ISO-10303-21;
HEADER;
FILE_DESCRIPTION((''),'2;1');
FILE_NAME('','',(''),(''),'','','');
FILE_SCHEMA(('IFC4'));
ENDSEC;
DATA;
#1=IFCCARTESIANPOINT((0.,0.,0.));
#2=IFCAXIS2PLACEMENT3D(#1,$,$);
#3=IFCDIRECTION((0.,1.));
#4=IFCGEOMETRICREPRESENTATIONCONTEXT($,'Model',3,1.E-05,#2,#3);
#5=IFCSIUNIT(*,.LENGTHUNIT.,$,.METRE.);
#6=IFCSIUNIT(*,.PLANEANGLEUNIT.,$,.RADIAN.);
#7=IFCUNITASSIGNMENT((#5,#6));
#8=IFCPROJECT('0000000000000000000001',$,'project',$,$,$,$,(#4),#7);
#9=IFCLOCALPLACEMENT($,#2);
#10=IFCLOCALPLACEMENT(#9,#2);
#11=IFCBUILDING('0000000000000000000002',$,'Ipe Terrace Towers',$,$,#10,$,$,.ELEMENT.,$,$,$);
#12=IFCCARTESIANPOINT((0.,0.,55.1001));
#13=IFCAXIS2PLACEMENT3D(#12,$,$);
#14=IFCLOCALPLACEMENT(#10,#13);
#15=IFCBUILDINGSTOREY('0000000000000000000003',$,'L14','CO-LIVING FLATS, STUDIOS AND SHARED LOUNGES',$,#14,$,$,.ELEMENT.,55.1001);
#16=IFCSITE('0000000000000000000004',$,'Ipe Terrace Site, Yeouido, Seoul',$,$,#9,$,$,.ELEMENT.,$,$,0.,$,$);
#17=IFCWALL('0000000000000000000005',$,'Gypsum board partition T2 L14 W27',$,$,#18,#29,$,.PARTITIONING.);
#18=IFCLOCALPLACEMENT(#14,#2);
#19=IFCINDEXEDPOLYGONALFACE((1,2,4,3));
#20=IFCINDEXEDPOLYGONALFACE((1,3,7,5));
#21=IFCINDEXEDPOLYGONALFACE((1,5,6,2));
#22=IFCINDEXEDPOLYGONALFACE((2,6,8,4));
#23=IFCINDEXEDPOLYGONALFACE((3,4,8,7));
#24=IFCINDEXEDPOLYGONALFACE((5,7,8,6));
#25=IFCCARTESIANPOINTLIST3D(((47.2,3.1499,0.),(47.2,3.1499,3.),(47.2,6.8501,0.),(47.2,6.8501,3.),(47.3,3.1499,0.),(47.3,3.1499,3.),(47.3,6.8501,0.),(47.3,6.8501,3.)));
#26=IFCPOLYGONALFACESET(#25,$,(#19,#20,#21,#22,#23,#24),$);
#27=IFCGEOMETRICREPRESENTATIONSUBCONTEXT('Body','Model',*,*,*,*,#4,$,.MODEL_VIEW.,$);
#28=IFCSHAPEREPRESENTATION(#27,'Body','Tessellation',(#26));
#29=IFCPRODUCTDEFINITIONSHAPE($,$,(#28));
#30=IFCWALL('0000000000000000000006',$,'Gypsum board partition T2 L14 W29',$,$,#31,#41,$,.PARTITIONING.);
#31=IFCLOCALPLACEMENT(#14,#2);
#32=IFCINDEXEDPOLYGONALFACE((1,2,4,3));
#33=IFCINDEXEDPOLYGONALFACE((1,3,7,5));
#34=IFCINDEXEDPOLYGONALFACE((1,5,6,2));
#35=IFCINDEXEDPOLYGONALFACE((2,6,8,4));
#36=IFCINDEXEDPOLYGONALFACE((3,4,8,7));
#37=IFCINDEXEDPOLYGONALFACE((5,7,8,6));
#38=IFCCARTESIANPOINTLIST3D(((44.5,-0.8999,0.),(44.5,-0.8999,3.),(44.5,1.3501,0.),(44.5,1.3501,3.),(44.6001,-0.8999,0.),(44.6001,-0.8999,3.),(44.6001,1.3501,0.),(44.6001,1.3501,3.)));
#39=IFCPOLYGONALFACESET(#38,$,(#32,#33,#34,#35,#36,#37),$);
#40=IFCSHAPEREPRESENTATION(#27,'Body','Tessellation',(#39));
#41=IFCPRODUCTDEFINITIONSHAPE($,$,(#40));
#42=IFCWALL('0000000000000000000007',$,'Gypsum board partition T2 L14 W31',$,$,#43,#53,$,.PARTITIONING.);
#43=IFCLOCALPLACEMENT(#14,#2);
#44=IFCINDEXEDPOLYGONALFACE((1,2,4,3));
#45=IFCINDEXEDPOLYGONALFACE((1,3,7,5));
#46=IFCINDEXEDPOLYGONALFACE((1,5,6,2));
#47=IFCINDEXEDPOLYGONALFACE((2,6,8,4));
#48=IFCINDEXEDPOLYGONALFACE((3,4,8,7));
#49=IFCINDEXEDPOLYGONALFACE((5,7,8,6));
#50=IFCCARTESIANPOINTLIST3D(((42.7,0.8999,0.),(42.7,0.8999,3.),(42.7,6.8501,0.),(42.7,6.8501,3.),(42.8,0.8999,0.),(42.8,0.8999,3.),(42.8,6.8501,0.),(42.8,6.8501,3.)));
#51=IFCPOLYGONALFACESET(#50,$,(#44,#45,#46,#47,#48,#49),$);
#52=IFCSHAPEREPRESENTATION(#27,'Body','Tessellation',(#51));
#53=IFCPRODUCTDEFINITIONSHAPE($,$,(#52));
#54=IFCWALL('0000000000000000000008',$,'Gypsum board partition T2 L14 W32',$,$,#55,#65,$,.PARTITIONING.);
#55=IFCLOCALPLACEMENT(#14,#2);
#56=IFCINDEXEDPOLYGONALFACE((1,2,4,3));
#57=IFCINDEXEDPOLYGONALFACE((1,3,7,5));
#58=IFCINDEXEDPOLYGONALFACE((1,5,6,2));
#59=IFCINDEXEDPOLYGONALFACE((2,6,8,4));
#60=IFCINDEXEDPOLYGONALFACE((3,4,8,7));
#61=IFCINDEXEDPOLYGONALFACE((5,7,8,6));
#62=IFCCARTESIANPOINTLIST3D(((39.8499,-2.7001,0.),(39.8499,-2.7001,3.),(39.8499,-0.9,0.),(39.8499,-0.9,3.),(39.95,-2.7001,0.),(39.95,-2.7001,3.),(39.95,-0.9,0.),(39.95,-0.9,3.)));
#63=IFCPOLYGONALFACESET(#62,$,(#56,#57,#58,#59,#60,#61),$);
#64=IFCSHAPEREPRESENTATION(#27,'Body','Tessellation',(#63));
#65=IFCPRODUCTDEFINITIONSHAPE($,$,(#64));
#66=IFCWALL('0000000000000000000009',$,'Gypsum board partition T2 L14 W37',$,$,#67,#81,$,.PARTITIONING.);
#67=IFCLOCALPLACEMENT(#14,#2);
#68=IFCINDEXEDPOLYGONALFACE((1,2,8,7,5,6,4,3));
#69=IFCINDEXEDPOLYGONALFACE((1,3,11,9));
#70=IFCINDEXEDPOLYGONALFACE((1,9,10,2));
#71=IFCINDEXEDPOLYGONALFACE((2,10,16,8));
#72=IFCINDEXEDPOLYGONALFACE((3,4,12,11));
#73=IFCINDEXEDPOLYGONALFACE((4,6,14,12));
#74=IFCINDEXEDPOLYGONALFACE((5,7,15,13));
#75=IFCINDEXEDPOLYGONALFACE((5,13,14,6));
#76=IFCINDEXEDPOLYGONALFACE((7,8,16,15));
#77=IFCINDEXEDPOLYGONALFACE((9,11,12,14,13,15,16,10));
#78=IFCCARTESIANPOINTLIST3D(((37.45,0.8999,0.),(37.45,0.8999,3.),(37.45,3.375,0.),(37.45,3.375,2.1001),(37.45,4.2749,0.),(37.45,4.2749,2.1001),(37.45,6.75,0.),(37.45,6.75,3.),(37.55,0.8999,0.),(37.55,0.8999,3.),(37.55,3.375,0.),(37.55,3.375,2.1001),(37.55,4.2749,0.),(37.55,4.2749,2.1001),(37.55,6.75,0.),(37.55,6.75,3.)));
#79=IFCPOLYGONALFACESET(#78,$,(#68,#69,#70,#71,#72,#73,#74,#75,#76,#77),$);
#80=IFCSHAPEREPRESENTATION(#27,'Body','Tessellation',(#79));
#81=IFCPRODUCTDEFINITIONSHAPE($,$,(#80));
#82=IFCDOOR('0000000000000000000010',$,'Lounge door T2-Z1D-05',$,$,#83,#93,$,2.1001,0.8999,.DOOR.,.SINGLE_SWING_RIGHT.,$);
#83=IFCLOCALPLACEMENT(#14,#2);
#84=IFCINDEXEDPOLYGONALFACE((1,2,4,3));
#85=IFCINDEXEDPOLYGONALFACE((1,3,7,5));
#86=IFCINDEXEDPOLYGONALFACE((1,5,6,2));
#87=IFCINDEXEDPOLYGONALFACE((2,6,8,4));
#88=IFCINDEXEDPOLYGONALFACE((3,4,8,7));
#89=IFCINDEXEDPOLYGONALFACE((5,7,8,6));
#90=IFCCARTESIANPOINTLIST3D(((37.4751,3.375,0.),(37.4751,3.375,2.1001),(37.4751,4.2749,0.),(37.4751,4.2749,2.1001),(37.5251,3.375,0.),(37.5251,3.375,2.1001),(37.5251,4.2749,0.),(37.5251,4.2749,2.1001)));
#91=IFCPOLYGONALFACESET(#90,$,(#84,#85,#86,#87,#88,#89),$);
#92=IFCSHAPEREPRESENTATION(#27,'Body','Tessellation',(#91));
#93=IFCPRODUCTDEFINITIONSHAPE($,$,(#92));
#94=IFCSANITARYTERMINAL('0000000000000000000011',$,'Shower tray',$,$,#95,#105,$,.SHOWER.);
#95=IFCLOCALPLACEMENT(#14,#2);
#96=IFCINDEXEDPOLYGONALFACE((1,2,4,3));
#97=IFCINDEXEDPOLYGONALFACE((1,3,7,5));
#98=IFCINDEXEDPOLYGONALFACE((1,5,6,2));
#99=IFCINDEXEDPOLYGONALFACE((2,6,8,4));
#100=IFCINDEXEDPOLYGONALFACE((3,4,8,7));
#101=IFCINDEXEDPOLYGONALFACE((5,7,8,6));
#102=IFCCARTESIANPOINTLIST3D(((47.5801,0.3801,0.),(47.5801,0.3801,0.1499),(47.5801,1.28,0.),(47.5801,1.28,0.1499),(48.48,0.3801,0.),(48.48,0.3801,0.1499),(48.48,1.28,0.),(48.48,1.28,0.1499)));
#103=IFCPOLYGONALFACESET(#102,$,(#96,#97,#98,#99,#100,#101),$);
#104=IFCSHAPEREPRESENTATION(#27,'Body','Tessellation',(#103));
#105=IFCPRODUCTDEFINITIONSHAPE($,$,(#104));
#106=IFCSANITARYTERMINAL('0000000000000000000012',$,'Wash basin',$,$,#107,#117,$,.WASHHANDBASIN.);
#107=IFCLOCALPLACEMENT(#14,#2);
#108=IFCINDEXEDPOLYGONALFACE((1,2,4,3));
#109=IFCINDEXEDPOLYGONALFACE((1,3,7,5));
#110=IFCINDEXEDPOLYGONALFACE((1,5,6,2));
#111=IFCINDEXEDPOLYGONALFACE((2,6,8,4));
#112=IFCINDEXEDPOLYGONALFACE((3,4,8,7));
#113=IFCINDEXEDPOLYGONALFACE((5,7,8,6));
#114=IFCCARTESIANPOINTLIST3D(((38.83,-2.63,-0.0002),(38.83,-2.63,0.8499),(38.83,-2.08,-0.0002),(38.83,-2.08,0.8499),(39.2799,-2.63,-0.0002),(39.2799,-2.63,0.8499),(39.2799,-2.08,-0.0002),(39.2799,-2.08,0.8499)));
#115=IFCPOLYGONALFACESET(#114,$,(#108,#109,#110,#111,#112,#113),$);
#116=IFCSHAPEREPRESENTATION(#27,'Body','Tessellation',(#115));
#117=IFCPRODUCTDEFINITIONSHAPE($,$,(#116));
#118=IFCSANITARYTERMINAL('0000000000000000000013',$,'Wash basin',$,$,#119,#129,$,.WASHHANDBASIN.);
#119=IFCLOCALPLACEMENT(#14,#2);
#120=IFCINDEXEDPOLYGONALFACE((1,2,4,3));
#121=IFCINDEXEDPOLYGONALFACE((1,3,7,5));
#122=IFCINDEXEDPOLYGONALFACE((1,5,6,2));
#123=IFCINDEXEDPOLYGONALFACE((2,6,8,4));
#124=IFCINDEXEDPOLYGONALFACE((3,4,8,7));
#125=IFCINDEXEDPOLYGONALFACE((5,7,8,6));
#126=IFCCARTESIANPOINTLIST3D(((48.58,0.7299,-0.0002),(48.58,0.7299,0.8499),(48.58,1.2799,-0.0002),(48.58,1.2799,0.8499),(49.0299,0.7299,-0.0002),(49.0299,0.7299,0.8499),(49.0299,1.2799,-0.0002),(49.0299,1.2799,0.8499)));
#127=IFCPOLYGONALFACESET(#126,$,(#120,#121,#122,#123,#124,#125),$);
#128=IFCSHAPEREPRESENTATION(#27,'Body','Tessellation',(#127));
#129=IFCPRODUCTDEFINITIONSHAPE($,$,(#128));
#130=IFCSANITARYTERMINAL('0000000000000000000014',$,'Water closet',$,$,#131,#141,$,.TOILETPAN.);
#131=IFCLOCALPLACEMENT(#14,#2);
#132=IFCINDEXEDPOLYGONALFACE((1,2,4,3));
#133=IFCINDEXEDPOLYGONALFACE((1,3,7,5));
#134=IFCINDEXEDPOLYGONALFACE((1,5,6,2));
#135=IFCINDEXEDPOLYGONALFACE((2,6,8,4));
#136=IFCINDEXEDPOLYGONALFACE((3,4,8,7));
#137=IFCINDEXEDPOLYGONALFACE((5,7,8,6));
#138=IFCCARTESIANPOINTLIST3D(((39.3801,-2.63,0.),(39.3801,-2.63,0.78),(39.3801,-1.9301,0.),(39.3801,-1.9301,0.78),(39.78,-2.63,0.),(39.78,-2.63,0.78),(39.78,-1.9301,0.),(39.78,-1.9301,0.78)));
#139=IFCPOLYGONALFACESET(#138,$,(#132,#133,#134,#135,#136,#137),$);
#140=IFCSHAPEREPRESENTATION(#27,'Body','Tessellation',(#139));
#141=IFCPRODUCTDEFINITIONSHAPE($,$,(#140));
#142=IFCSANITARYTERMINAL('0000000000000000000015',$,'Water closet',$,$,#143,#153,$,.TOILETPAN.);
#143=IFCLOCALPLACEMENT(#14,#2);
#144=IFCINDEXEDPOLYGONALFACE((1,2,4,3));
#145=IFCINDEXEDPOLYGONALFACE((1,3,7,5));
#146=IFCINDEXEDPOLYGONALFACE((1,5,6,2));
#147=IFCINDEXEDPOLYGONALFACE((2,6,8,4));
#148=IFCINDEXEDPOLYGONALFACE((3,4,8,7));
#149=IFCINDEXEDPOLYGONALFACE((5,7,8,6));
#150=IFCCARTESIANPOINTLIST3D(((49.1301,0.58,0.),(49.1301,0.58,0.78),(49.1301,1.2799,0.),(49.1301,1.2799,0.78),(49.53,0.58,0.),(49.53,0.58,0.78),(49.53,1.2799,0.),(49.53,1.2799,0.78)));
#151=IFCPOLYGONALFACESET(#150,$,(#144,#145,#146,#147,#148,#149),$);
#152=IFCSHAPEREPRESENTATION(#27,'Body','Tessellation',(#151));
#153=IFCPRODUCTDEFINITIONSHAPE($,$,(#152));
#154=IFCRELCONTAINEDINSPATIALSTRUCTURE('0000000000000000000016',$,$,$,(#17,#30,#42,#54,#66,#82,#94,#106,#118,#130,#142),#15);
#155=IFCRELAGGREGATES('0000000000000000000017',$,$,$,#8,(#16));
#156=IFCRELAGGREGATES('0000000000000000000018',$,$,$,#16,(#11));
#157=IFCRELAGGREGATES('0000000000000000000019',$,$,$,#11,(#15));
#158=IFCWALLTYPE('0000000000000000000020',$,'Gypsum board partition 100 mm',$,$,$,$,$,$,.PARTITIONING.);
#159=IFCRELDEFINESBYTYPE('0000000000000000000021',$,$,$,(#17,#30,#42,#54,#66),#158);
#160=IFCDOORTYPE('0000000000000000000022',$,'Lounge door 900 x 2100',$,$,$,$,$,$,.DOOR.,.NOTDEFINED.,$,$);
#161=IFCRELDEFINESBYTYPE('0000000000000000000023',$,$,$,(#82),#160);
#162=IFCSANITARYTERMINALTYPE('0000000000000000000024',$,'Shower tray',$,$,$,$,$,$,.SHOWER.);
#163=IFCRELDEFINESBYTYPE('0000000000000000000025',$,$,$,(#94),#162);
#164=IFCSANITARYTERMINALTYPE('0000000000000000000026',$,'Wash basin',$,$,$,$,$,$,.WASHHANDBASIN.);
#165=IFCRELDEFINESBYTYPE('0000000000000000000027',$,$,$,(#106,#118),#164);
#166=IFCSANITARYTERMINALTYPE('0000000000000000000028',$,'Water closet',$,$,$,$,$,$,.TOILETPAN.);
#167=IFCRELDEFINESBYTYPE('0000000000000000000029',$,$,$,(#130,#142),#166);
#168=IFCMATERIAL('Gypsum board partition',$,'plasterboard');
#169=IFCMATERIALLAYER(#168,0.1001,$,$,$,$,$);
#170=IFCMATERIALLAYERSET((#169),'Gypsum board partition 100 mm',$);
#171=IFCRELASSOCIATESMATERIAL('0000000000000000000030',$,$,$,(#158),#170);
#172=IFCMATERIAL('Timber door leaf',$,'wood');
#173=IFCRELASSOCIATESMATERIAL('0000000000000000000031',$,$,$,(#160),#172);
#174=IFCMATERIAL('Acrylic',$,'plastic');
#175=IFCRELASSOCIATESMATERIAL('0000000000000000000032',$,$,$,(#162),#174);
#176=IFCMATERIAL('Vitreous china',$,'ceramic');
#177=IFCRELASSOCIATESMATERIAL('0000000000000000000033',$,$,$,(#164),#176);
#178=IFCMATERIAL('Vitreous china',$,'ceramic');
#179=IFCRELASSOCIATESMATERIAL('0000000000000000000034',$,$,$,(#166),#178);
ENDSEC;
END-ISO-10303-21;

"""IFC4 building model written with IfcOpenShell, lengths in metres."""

from ifc_helpers import new_model, si_unit, direction, frame, frame_2d, origin, origin_2d, place, context, subcontext, project, spatial, rectangle, extrude, material, layer, layer_set, type_object, element, fill, save


model = new_model("IFC4")

# Units and contexts
model_context = context("Model", 3, precision=1e-05, world=origin(), true_north=direction((0.0, 1.0)))
body_context = subcontext(model_context, "Body", "Model", "MODEL_VIEW")
ifc_project = project(units=[si_unit("LENGTHUNIT", "METRE"), si_unit("PLANEANGLEUNIT", "RADIAN")], contexts=[model_context])

# Site, building, storey
site_placement = place(None, origin())
site = spatial("IfcSite", under=ifc_project, at=site_placement, Name="Ipe Terrace Site, Yeouido, Seoul", CompositionType="ELEMENT", RefElevation=0.0)
building_placement = place(site_placement, origin())
building = spatial("IfcBuilding", under=site, at=building_placement, Name="Ipe Terrace Towers", CompositionType="ELEMENT")
storey_placement = place(building_placement, frame((0.0, 0.0, 55.1001)))
storey = spatial("IfcBuildingStorey", under=building, at=storey_placement, Name="L14", Description="CO-LIVING FLATS, STUDIOS AND SHARED LOUNGES", CompositionType="ELEMENT", Elevation=55.1001)

# Shared definitions
ifc_material_1 = material(Name="Gypsum board partition", Category="plasterboard")
ifc_layer = layer(ifc_material_1, 0.1001)
ifc_layer_set = layer_set([ifc_layer], Name="Gypsum board partition 100 mm")
wall_type = type_object("IfcWallType", Name="Gypsum board partition 100 mm", PredefinedType="PARTITIONING", material=ifc_layer_set)

# Shared definitions
ifc_material_2 = material(Name="Timber door leaf", Category="wood")
door_type_1 = type_object("IfcDoorType", Name="Lounge door 900 x 2100", OperationType="NOTDEFINED", PredefinedType="DOOR", material=ifc_material_2)

# Walls
wall_1_placement = place(storey_placement, frame((47.25, 3.1499, 0.0), z_axis=(0.0, 0.0, 1.0), x_axis=(0.0, 1.0, 0.0)))
element("IfcWall", 1, at=wall_1_placement, inside=storey, type_object=wall_type, Name="Gypsum board partition T2 L14 W27", PredefinedType="PARTITIONING", context=body_context, shape_type="SweptSolid", body=[
    extrude(rectangle(XDim=3.7002, YDim=0.1001, at=frame_2d((1.8501, 0.0))), origin(), (0.0, 0.0, 1.0), 3.0),
])
wall_2_placement = place(storey_placement, frame((44.55, -0.8999, 0.0), z_axis=(0.0, 0.0, 1.0), x_axis=(0.0, 1.0, 0.0)))
element("IfcWall", 2, at=wall_2_placement, inside=storey, type_object=wall_type, Name="Gypsum board partition T2 L14 W29", PredefinedType="PARTITIONING", context=body_context, shape_type="SweptSolid", body=[
    extrude(rectangle(XDim=2.25, YDim=0.1001, at=frame_2d((1.125, 0.0))), origin(), (0.0, 0.0, 1.0), 3.0),
])
wall_3_placement = place(storey_placement, frame((42.75, 0.8999, 0.0), z_axis=(0.0, 0.0, 1.0), x_axis=(0.0, 1.0, 0.0)))
element("IfcWall", 3, at=wall_3_placement, inside=storey, type_object=wall_type, Name="Gypsum board partition T2 L14 W31", PredefinedType="PARTITIONING", context=body_context, shape_type="SweptSolid", body=[
    extrude(rectangle(XDim=5.9502, YDim=0.1001, at=frame_2d((2.9751, 0.0))), origin(), (0.0, 0.0, 1.0), 3.0),
])
wall_4_placement = place(storey_placement, frame((39.8999, -2.7, 0.0), z_axis=(0.0, 0.0, 1.0), x_axis=(0.0, 1.0, 0.0)))
element("IfcWall", 4, at=wall_4_placement, inside=storey, type_object=wall_type, Name="Gypsum board partition T2 L14 W32", PredefinedType="PARTITIONING", context=body_context, shape_type="SweptSolid", body=[
    extrude(rectangle(XDim=1.8, YDim=0.1001, at=frame_2d((0.8999, 0.0))), origin(), (0.0, 0.0, 1.0), 3.0),
])

# Wall, opening, door
wall_5_placement = place(storey_placement, frame((37.5, 0.8999, 0.0), z_axis=(0.0, 0.0, 1.0), x_axis=(0.0, 1.0, 0.0)))
wall_5 = element("IfcWall", 5, at=wall_5_placement, inside=storey, type_object=wall_type, Name="Gypsum board partition T2 L14 W37", PredefinedType="PARTITIONING", context=body_context, shape_type="SweptSolid", body=[
    extrude(rectangle(XDim=5.8501, YDim=0.1001, at=frame_2d((2.925, 0.0))), origin(), (0.0, 0.0, 1.0), 3.0),
])
opening_1_placement = place(wall_5_placement, frame((2.4751, 0.0, 0.0)))
opening_1 = element("IfcOpeningElement", 6, at=opening_1_placement, cuts=wall_5, PredefinedType="OPENING", context=body_context, shape_type="SweptSolid", body=[
    extrude(rectangle(XDim=0.8999, YDim=2.1001, at=frame_2d((0.45, 1.05))), frame((0.0, 0.0601, 0.0), z_axis=(0.0, -1.0, 0.0), x_axis=(1.0, 0.0, 0.0)), (0.0, 0.0, 1.0), 0.1201),
])
door_1_placement = place(opening_1_placement, origin())
door_1 = element("IfcDoor", 7, at=door_1_placement, inside=storey, type_object=door_type_1, Name="Lounge door T2-Z1D-05", OperationType="SINGLE_SWING_RIGHT", OverallHeight=2.1001, OverallWidth=0.8999, PredefinedType="DOOR", context=body_context, shape_type="SweptSolid", body=[
    extrude(rectangle(XDim=0.8999, YDim=2.1001, at=frame_2d((0.45, 1.05))), frame((0.0, 0.0249, 0.0), z_axis=(0.0, -1.0, 0.0), x_axis=(1.0, 0.0, 0.0)), (0.0, 0.0, 1.0), 0.05),
])
fill(opening_1, door_1)

# Sanitary terminals
ifc_material_3 = material(Name="Acrylic", Category="plastic")
sanitary_terminal_type_1 = type_object("IfcSanitaryTerminalType", Name="Shower tray", PredefinedType="SHOWER", material=ifc_material_3)
sanitary_terminal_placement = place(storey_placement, frame((48.03, 0.8301, 0.0), z_axis=(0.0, 0.0, 1.0), x_axis=(0.0, -1.0, 0.0)))
element("IfcSanitaryTerminal", 8, at=sanitary_terminal_placement, inside=storey, type_object=sanitary_terminal_type_1, Name="Shower tray", PredefinedType="SHOWER", context=body_context, shape_type="SweptSolid", body=[
    extrude(rectangle(XDim=0.8999, YDim=0.8999, at=origin_2d()), origin(), (0.0, 0.0, 1.0), 0.1499),
])
ifc_material_4 = material(Name="Vitreous china", Category="ceramic")
sanitary_terminal_type_2 = type_object("IfcSanitaryTerminalType", Name="Wash basin", PredefinedType="WASHHANDBASIN", material=ifc_material_4)
for number, where, z_axis, x_axis, name in (
    (9, (39.0549, -2.355, -0.0002), (0.0, 0.0, 1.0), (0.0, 1.0, 0.0), "Wash basin"),
    (10, (48.8049, 1.0049, -0.0002), (0.0, 0.0, 1.0), (0.0, -1.0, 0.0), "Wash basin"),
):
    element("IfcSanitaryTerminal", number, at=place(storey_placement, frame(where, z_axis=z_axis, x_axis=x_axis)), inside=storey, type_object=sanitary_terminal_type_2, Name=name, PredefinedType="WASHHANDBASIN", context=body_context, shape_type="SweptSolid", body=[
        extrude(rectangle(XDim=0.55, YDim=0.45, at=origin_2d()), origin(), (0.0, 0.0, 1.0), 0.8501),
    ])
ifc_material_5 = material(Name="Vitreous china", Category="ceramic")
sanitary_terminal_type_3 = type_object("IfcSanitaryTerminalType", Name="Water closet", PredefinedType="TOILETPAN", material=ifc_material_5)
for number, where, z_axis, x_axis, name in (
    (11, (39.5801, -2.28, 0.0), (0.0, 0.0, 1.0), (0.0, 1.0, 0.0), "Water closet"),
    (12, (49.3301, 0.9299, 0.0), (0.0, 0.0, 1.0), (0.0, -1.0, 0.0), "Water closet"),
):
    element("IfcSanitaryTerminal", number, at=place(storey_placement, frame(where, z_axis=z_axis, x_axis=x_axis)), inside=storey, type_object=sanitary_terminal_type_3, Name=name, PredefinedType="TOILETPAN", context=body_context, shape_type="SweptSolid", body=[
        extrude(rectangle(XDim=0.7, YDim=0.3999, at=origin_2d()), origin(), (0.0, 0.0, 1.0), 0.78),
    ])

save(model, "model.ifc")
